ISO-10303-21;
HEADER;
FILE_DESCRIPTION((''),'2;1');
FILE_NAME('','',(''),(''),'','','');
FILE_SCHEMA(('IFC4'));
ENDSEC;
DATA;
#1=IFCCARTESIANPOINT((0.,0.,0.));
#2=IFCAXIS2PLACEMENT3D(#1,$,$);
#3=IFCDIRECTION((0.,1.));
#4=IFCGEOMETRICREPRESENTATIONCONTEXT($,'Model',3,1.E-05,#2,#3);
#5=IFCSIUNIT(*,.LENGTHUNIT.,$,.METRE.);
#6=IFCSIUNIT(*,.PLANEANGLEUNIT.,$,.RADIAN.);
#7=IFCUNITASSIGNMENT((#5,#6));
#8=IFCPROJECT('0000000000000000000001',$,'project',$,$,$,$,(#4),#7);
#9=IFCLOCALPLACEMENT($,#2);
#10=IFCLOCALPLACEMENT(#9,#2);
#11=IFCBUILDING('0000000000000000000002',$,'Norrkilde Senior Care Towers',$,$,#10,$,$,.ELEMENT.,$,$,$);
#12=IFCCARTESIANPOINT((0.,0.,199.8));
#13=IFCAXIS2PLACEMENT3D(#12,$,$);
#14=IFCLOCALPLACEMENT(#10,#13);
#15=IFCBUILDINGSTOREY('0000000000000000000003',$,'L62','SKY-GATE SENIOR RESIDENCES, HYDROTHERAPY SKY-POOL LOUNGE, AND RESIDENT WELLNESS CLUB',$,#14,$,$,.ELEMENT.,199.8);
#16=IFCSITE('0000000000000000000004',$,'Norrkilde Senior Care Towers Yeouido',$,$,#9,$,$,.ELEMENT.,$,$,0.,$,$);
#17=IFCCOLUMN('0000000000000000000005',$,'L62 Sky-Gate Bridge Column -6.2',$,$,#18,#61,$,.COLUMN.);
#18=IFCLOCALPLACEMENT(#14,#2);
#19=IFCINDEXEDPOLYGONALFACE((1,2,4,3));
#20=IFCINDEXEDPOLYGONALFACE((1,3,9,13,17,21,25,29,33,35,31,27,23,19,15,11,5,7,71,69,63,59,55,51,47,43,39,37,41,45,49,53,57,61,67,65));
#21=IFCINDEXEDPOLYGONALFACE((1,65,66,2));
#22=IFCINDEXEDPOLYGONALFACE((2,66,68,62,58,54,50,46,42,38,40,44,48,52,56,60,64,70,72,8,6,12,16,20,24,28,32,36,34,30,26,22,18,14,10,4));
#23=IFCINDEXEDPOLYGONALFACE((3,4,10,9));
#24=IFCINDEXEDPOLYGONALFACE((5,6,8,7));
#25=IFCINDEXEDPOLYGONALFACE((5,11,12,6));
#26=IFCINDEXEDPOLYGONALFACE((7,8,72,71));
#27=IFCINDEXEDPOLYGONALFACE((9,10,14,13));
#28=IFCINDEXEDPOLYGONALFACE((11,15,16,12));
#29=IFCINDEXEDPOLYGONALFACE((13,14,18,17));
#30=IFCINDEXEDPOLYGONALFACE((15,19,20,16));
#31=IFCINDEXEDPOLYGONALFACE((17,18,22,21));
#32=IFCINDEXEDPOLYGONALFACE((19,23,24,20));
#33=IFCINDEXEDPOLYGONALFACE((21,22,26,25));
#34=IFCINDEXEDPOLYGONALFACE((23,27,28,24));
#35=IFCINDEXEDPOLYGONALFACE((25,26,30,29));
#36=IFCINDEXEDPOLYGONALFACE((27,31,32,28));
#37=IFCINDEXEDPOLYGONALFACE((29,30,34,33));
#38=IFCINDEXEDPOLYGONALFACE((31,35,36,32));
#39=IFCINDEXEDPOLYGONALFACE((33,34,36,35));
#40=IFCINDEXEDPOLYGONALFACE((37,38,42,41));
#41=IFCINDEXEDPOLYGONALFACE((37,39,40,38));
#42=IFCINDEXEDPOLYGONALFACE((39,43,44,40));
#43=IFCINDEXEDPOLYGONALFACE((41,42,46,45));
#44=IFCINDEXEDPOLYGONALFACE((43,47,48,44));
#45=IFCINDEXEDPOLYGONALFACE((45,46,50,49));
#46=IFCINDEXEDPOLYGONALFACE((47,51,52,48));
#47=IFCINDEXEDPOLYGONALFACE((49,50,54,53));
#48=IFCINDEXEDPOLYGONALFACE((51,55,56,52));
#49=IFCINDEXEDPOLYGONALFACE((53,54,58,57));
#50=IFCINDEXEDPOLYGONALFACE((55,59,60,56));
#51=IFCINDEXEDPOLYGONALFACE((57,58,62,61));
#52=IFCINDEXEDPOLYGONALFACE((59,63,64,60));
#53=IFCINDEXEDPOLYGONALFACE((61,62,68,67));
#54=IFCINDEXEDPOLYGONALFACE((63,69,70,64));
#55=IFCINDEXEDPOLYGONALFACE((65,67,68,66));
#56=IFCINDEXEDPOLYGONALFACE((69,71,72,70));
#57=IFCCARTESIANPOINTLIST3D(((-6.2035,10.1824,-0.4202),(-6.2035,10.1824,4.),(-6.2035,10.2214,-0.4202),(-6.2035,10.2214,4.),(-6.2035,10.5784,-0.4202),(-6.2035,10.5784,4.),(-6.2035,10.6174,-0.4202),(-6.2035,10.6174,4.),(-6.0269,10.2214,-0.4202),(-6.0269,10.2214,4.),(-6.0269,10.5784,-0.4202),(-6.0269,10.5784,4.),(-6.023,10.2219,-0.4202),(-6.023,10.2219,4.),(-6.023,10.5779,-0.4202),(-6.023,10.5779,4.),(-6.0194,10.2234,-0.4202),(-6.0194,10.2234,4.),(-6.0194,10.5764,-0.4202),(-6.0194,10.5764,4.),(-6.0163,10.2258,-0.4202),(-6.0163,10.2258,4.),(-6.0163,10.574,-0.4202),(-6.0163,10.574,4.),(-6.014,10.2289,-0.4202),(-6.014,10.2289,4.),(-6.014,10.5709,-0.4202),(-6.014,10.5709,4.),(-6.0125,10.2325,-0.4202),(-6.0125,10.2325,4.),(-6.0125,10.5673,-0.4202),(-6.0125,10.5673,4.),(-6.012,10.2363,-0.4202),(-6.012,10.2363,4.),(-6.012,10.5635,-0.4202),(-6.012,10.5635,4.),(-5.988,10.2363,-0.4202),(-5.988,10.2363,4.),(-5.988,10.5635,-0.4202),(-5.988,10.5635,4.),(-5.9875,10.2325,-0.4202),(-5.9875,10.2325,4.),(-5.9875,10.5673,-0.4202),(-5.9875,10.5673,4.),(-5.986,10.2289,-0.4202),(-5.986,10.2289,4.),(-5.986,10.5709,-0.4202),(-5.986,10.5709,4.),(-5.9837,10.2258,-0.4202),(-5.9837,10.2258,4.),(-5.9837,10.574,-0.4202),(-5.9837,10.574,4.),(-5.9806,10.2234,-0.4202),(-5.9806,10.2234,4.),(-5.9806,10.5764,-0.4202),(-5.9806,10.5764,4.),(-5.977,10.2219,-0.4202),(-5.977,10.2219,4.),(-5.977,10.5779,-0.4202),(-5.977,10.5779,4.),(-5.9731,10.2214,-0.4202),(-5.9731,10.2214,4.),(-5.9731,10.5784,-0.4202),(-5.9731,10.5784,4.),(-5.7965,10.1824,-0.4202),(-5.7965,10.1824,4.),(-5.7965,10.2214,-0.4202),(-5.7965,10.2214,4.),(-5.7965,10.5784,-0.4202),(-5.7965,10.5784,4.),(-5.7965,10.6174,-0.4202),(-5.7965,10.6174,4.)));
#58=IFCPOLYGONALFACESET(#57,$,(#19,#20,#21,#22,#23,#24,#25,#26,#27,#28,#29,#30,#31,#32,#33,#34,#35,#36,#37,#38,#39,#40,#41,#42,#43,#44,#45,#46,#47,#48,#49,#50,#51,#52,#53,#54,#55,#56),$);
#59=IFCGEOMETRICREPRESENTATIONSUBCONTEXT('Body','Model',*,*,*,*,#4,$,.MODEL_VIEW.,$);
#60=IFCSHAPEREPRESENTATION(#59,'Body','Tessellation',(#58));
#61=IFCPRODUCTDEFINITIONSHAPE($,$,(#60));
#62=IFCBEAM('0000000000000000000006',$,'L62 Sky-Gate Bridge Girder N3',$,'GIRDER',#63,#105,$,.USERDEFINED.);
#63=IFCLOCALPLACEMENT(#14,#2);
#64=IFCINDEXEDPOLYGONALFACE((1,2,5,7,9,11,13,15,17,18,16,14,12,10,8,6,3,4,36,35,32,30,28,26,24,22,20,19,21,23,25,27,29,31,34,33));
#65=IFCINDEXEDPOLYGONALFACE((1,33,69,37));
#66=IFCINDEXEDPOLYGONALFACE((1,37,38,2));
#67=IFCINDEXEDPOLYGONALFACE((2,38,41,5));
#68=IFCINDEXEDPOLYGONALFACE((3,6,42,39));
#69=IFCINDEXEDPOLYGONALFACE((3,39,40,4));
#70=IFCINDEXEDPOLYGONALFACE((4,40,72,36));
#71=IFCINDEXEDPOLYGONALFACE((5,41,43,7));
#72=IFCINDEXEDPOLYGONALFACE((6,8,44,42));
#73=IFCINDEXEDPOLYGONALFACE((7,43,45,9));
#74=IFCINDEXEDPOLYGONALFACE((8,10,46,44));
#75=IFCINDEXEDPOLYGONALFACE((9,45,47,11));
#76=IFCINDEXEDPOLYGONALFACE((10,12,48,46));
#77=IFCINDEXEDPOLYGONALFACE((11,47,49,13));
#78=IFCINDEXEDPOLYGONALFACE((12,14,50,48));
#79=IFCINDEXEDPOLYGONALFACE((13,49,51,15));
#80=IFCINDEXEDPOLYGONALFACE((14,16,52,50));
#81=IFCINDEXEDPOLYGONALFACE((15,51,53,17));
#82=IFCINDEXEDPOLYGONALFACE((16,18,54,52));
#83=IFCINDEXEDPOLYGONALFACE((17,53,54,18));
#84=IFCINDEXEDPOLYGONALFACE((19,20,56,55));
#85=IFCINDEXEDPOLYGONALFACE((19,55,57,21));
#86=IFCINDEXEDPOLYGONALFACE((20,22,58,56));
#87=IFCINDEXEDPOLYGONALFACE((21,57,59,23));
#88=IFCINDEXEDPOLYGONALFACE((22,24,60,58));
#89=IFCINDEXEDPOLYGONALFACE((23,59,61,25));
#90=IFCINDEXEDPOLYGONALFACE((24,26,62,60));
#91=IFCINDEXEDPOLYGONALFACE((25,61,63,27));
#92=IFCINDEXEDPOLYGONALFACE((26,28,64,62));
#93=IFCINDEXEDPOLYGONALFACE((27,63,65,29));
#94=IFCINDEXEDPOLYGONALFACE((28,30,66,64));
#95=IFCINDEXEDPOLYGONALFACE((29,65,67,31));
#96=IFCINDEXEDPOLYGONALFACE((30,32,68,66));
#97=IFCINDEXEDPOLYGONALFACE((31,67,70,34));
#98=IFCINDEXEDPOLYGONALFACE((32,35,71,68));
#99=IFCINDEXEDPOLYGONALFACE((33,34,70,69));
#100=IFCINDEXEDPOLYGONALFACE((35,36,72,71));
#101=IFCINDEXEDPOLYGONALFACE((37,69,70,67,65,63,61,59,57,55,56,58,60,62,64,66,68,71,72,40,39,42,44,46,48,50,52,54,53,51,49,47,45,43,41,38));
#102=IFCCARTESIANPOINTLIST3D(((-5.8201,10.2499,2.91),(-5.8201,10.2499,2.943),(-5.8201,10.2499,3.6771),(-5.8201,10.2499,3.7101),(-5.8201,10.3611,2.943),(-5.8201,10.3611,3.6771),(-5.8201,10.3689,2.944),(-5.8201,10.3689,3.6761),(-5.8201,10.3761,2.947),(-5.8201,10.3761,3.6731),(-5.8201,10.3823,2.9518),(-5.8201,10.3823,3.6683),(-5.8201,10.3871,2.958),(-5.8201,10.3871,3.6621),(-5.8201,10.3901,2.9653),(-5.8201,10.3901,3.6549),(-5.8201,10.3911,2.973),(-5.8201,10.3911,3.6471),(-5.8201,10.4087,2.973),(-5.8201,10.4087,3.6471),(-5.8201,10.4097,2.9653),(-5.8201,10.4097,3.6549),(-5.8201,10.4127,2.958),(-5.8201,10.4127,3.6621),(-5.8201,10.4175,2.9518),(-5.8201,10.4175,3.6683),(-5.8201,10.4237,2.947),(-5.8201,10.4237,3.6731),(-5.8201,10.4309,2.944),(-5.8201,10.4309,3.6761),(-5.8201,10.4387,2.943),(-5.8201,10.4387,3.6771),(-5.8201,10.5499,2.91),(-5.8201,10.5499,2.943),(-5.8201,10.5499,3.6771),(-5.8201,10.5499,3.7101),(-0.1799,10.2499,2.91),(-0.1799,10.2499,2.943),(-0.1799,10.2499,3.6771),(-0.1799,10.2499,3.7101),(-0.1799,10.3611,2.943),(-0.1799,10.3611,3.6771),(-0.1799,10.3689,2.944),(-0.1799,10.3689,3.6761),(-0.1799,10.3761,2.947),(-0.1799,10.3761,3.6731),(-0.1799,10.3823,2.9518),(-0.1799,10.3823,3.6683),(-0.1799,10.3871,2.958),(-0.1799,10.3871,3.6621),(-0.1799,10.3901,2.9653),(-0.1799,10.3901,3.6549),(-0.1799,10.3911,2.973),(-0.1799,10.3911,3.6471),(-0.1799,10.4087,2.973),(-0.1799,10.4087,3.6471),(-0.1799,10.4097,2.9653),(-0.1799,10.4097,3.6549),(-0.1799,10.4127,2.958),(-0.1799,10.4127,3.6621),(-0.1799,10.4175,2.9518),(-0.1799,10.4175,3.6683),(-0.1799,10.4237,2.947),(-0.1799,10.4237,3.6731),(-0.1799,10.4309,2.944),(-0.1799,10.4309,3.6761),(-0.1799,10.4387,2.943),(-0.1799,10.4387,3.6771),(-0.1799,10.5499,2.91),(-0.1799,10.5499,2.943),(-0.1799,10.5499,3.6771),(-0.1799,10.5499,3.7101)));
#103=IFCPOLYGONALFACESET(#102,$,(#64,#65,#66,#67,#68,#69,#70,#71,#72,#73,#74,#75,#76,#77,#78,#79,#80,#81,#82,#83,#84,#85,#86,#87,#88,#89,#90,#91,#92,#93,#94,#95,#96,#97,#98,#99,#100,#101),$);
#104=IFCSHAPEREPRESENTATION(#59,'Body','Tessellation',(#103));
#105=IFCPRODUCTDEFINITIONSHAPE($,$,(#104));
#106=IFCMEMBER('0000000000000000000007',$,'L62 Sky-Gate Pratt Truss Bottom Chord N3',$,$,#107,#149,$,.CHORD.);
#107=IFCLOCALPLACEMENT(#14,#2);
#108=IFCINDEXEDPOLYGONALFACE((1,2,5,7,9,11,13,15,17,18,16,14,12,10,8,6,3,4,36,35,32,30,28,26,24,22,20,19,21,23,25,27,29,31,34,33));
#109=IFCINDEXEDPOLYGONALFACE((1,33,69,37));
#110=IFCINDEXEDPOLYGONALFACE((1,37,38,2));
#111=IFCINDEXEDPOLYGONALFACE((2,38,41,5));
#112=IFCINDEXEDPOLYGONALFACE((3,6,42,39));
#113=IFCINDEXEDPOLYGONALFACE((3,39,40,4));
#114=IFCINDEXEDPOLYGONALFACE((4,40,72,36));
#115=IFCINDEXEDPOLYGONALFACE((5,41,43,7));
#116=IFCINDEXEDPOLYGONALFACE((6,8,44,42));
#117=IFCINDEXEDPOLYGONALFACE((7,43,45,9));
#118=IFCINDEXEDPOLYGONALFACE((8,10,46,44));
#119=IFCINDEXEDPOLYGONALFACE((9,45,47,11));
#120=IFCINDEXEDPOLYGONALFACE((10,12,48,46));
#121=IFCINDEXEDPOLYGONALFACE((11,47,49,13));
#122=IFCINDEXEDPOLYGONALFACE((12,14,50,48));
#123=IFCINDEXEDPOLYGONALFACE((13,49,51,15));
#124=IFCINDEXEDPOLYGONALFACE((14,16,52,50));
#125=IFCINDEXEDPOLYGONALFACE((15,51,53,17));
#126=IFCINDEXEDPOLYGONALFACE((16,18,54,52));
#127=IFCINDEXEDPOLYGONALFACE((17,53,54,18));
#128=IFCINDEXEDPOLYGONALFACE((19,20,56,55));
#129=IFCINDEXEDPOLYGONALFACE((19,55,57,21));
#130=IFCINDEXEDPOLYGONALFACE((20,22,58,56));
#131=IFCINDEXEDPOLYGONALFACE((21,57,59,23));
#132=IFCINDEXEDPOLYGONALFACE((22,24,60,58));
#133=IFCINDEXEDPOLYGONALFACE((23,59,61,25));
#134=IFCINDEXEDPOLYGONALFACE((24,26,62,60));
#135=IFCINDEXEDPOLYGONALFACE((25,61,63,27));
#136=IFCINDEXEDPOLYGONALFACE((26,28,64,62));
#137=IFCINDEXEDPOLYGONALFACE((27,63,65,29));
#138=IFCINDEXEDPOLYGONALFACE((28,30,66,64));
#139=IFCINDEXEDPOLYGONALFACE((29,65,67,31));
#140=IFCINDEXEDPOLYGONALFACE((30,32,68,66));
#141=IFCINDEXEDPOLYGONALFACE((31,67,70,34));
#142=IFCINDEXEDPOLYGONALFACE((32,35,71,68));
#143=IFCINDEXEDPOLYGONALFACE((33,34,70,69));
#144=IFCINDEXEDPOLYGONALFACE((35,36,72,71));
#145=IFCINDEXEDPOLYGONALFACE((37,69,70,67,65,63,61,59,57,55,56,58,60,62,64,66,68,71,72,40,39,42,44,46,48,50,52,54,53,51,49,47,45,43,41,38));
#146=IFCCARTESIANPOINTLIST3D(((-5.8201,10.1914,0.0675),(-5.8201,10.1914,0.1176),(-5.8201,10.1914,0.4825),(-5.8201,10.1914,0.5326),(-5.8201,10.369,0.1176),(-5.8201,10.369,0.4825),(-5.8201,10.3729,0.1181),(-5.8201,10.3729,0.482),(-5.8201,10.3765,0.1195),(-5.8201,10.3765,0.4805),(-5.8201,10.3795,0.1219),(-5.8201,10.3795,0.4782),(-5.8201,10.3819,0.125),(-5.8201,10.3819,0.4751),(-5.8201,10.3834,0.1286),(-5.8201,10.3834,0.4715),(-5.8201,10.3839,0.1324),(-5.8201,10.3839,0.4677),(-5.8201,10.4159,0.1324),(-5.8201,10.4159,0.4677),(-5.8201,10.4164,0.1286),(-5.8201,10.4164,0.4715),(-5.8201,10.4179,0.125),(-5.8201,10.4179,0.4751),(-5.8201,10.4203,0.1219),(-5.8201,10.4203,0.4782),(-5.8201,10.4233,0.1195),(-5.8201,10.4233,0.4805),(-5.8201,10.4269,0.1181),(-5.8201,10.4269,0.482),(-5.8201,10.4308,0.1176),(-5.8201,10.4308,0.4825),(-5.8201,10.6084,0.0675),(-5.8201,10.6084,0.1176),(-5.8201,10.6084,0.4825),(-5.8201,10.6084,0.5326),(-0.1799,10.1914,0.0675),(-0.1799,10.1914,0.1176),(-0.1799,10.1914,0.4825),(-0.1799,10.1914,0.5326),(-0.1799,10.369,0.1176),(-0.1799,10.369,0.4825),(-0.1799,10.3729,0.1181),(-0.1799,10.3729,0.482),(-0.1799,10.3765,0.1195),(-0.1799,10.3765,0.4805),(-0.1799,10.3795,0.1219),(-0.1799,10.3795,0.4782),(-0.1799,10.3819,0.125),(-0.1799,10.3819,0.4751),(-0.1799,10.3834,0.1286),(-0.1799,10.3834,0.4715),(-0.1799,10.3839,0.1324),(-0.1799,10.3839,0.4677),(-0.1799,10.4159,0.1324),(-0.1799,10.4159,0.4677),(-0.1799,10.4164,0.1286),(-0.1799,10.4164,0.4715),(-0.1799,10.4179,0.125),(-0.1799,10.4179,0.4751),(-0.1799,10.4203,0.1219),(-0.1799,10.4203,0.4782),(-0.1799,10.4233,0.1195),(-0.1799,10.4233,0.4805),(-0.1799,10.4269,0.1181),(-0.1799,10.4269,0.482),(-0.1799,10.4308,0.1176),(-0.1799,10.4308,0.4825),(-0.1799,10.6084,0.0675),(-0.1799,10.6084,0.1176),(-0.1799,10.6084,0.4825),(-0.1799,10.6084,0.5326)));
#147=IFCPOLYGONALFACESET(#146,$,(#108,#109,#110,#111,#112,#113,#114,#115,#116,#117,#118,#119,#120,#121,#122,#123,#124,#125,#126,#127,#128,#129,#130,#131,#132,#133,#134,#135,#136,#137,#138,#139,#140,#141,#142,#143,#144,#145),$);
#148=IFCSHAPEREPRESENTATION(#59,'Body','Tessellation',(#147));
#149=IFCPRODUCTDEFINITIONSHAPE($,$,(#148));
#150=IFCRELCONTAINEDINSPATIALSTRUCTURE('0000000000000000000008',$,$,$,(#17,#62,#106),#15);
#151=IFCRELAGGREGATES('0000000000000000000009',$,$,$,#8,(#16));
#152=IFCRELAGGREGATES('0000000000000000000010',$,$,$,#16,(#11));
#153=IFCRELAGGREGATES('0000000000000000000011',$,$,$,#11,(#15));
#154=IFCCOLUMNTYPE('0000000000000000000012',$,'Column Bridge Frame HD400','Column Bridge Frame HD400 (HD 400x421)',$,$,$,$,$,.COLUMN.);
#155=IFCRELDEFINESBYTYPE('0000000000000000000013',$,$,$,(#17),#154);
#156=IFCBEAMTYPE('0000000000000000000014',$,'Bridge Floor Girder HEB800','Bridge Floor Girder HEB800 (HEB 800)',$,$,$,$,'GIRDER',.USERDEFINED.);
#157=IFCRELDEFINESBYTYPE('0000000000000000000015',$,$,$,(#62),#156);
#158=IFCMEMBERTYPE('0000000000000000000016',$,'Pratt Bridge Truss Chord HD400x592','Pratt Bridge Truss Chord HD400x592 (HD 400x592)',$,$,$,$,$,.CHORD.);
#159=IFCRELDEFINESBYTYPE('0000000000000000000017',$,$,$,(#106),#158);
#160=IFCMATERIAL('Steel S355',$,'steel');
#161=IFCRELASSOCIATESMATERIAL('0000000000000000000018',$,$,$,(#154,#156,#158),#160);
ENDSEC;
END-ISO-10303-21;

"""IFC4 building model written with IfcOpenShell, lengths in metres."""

from ifc_helpers import new_model, si_unit, direction, frame, origin, origin_2d, place, context, subcontext, project, spatial, i_section, extrude, source, transform, mapped, material, material_profile, profile_set, type_object, type_shapes, element, save


model = new_model("IFC4")

# Units and contexts
model_context = context("Model", 3, precision=1e-05, world=origin(), true_north=direction((0.0, 1.0)))
body_context = subcontext(model_context, "Body", "Model", "MODEL_VIEW")
ifc_project = project(units=[si_unit("LENGTHUNIT", "METRE"), si_unit("PLANEANGLEUNIT", "RADIAN")], contexts=[model_context])

# Site, building, storey
site_placement = place(None, origin())
site = spatial("IfcSite", under=ifc_project, at=site_placement, Name="Norrkilde Senior Care Towers Yeouido", CompositionType="ELEMENT", RefElevation=0.0)
building_placement = place(site_placement, origin())
building = spatial("IfcBuilding", under=site, at=building_placement, Name="Norrkilde Senior Care Towers", CompositionType="ELEMENT")
storey_placement = place(building_placement, frame((0.0, 0.0, 199.8)))
storey = spatial("IfcBuildingStorey", under=building, at=storey_placement, Name="L62", Description="SKY-GATE SENIOR RESIDENCES, HYDROTHERAPY SKY-POOL LOUNGE, AND RESIDENT WELLNESS CLUB", CompositionType="ELEMENT", Elevation=199.8)

# Column
ifc_material_1 = material(Name="Steel S355", Category="steel")
ifc_material_profile_1 = material_profile(ifc_material_1, i_section(OverallWidth=0.407, OverallDepth=0.4351, WebThickness=0.0239, FlangeThickness=0.0391, FilletRadius=0.0149, at=origin_2d()), Name="HD 400x421")
ifc_profile_set_1 = profile_set([ifc_material_profile_1], Name="Steel S355")
column_type = type_object("IfcColumnType", Name="Column Bridge Frame HD400", Description="Column Bridge Frame HD400 (HD 400x421)", PredefinedType="COLUMN", material=ifc_profile_set_1)
shared_shape_1 = source(origin(), body_context, "Body", "SweptSolid", [
    extrude(i_section(OverallWidth=0.407, OverallDepth=0.4351, WebThickness=0.0239, FlangeThickness=0.0391, FilletRadius=0.0149, at=origin_2d()), origin(), (0.0, 0.0, 1.0), 4.4202),
])
type_shapes(column_type, [shared_shape_1])
column_placement = place(storey_placement, frame((-6.0, 10.3999, -0.4202), z_axis=(0.0, 0.0, 1.0), x_axis=(1.0, 0.0, 0.0)))
element("IfcColumn", 1, at=column_placement, inside=storey, type_object=column_type, Name="L62 Sky-Gate Bridge Column -6.2", PredefinedType="COLUMN", context=body_context, shape_type="MappedRepresentation", body=[
    mapped(shared_shape_1, transform((0.0, 0.0, 0.0), x_axis=(1.0, 0.0, 0.0), y_axis=(0.0, 1.0, 0.0), z_axis=(0.0, 0.0, 1.0), scale=1.0)),
])

# Beam
ifc_material_profile_2 = material_profile(ifc_material_1, i_section(OverallWidth=0.3, OverallDepth=0.8, WebThickness=0.0176, FlangeThickness=0.033, FilletRadius=0.03, at=origin_2d()), Name="HEB 800")
ifc_profile_set_2 = profile_set([ifc_material_profile_2], Name="Steel S355")
beam_type_1 = type_object("IfcBeamType", Name="Bridge Floor Girder HEB800", Description="Bridge Floor Girder HEB800 (HEB 800)", ElementType="GIRDER", PredefinedType="USERDEFINED", material=ifc_profile_set_2)
shared_shape_2 = source(origin(), body_context, "Body", "SweptSolid", [
    extrude(i_section(OverallWidth=0.3, OverallDepth=0.8, WebThickness=0.0176, FlangeThickness=0.033, FilletRadius=0.03, at=origin_2d()), origin(), (0.0, 0.0, 1.0), 5.6401),
])
type_shapes(beam_type_1, [shared_shape_2])
beam_1_placement = place(storey_placement, frame((-5.8201, 10.3999, 3.3101), z_axis=(1.0, 0.0, 0.0), x_axis=(0.0, 1.0, 0.0)))
element("IfcBeam", 2, at=beam_1_placement, inside=storey, type_object=beam_type_1, Name="L62 Sky-Gate Bridge Girder N3", ObjectType="GIRDER", PredefinedType="USERDEFINED", context=body_context, shape_type="MappedRepresentation", body=[
    mapped(shared_shape_2, transform((0.0, 0.0, 0.0), x_axis=(1.0, 0.0, 0.0), y_axis=(0.0, 1.0, 0.0), z_axis=(0.0, 0.0, 1.0), scale=1.0)),
])

# Member
ifc_material_profile_3 = material_profile(ifc_material_1, i_section(OverallWidth=0.417, OverallDepth=0.4651, WebThickness=0.032, FlangeThickness=0.05, FilletRadius=0.0149, at=origin_2d()), Name="HD 400x592")
ifc_profile_set_3 = profile_set([ifc_material_profile_3], Name="Steel S355")
member_type_1 = type_object("IfcMemberType", Name="Pratt Bridge Truss Chord HD400x592", Description="Pratt Bridge Truss Chord HD400x592 (HD 400x592)", PredefinedType="CHORD", material=ifc_profile_set_3)
shared_shape_3 = source(origin(), body_context, "Body", "SweptSolid", [
    extrude(i_section(OverallWidth=0.417, OverallDepth=0.4651, WebThickness=0.032, FlangeThickness=0.05, FilletRadius=0.0149, at=origin_2d()), origin(), (0.0, 0.0, 1.0), 5.6401),
])
type_shapes(member_type_1, [shared_shape_3])
member_1_placement = place(storey_placement, frame((-5.8201, 10.3999, 0.3), z_axis=(1.0, 0.0, 0.0), x_axis=(0.0, 1.0, 0.0)))
element("IfcMember", 3, at=member_1_placement, inside=storey, type_object=member_type_1, Name="L62 Sky-Gate Pratt Truss Bottom Chord N3", PredefinedType="CHORD", context=body_context, shape_type="MappedRepresentation", body=[
    mapped(shared_shape_3, transform((0.0, 0.0, 0.0), x_axis=(1.0, 0.0, 0.0), y_axis=(0.0, 1.0, 0.0), z_axis=(0.0, 0.0, 1.0), scale=1.0)),
])

save(model, "model.ifc")
